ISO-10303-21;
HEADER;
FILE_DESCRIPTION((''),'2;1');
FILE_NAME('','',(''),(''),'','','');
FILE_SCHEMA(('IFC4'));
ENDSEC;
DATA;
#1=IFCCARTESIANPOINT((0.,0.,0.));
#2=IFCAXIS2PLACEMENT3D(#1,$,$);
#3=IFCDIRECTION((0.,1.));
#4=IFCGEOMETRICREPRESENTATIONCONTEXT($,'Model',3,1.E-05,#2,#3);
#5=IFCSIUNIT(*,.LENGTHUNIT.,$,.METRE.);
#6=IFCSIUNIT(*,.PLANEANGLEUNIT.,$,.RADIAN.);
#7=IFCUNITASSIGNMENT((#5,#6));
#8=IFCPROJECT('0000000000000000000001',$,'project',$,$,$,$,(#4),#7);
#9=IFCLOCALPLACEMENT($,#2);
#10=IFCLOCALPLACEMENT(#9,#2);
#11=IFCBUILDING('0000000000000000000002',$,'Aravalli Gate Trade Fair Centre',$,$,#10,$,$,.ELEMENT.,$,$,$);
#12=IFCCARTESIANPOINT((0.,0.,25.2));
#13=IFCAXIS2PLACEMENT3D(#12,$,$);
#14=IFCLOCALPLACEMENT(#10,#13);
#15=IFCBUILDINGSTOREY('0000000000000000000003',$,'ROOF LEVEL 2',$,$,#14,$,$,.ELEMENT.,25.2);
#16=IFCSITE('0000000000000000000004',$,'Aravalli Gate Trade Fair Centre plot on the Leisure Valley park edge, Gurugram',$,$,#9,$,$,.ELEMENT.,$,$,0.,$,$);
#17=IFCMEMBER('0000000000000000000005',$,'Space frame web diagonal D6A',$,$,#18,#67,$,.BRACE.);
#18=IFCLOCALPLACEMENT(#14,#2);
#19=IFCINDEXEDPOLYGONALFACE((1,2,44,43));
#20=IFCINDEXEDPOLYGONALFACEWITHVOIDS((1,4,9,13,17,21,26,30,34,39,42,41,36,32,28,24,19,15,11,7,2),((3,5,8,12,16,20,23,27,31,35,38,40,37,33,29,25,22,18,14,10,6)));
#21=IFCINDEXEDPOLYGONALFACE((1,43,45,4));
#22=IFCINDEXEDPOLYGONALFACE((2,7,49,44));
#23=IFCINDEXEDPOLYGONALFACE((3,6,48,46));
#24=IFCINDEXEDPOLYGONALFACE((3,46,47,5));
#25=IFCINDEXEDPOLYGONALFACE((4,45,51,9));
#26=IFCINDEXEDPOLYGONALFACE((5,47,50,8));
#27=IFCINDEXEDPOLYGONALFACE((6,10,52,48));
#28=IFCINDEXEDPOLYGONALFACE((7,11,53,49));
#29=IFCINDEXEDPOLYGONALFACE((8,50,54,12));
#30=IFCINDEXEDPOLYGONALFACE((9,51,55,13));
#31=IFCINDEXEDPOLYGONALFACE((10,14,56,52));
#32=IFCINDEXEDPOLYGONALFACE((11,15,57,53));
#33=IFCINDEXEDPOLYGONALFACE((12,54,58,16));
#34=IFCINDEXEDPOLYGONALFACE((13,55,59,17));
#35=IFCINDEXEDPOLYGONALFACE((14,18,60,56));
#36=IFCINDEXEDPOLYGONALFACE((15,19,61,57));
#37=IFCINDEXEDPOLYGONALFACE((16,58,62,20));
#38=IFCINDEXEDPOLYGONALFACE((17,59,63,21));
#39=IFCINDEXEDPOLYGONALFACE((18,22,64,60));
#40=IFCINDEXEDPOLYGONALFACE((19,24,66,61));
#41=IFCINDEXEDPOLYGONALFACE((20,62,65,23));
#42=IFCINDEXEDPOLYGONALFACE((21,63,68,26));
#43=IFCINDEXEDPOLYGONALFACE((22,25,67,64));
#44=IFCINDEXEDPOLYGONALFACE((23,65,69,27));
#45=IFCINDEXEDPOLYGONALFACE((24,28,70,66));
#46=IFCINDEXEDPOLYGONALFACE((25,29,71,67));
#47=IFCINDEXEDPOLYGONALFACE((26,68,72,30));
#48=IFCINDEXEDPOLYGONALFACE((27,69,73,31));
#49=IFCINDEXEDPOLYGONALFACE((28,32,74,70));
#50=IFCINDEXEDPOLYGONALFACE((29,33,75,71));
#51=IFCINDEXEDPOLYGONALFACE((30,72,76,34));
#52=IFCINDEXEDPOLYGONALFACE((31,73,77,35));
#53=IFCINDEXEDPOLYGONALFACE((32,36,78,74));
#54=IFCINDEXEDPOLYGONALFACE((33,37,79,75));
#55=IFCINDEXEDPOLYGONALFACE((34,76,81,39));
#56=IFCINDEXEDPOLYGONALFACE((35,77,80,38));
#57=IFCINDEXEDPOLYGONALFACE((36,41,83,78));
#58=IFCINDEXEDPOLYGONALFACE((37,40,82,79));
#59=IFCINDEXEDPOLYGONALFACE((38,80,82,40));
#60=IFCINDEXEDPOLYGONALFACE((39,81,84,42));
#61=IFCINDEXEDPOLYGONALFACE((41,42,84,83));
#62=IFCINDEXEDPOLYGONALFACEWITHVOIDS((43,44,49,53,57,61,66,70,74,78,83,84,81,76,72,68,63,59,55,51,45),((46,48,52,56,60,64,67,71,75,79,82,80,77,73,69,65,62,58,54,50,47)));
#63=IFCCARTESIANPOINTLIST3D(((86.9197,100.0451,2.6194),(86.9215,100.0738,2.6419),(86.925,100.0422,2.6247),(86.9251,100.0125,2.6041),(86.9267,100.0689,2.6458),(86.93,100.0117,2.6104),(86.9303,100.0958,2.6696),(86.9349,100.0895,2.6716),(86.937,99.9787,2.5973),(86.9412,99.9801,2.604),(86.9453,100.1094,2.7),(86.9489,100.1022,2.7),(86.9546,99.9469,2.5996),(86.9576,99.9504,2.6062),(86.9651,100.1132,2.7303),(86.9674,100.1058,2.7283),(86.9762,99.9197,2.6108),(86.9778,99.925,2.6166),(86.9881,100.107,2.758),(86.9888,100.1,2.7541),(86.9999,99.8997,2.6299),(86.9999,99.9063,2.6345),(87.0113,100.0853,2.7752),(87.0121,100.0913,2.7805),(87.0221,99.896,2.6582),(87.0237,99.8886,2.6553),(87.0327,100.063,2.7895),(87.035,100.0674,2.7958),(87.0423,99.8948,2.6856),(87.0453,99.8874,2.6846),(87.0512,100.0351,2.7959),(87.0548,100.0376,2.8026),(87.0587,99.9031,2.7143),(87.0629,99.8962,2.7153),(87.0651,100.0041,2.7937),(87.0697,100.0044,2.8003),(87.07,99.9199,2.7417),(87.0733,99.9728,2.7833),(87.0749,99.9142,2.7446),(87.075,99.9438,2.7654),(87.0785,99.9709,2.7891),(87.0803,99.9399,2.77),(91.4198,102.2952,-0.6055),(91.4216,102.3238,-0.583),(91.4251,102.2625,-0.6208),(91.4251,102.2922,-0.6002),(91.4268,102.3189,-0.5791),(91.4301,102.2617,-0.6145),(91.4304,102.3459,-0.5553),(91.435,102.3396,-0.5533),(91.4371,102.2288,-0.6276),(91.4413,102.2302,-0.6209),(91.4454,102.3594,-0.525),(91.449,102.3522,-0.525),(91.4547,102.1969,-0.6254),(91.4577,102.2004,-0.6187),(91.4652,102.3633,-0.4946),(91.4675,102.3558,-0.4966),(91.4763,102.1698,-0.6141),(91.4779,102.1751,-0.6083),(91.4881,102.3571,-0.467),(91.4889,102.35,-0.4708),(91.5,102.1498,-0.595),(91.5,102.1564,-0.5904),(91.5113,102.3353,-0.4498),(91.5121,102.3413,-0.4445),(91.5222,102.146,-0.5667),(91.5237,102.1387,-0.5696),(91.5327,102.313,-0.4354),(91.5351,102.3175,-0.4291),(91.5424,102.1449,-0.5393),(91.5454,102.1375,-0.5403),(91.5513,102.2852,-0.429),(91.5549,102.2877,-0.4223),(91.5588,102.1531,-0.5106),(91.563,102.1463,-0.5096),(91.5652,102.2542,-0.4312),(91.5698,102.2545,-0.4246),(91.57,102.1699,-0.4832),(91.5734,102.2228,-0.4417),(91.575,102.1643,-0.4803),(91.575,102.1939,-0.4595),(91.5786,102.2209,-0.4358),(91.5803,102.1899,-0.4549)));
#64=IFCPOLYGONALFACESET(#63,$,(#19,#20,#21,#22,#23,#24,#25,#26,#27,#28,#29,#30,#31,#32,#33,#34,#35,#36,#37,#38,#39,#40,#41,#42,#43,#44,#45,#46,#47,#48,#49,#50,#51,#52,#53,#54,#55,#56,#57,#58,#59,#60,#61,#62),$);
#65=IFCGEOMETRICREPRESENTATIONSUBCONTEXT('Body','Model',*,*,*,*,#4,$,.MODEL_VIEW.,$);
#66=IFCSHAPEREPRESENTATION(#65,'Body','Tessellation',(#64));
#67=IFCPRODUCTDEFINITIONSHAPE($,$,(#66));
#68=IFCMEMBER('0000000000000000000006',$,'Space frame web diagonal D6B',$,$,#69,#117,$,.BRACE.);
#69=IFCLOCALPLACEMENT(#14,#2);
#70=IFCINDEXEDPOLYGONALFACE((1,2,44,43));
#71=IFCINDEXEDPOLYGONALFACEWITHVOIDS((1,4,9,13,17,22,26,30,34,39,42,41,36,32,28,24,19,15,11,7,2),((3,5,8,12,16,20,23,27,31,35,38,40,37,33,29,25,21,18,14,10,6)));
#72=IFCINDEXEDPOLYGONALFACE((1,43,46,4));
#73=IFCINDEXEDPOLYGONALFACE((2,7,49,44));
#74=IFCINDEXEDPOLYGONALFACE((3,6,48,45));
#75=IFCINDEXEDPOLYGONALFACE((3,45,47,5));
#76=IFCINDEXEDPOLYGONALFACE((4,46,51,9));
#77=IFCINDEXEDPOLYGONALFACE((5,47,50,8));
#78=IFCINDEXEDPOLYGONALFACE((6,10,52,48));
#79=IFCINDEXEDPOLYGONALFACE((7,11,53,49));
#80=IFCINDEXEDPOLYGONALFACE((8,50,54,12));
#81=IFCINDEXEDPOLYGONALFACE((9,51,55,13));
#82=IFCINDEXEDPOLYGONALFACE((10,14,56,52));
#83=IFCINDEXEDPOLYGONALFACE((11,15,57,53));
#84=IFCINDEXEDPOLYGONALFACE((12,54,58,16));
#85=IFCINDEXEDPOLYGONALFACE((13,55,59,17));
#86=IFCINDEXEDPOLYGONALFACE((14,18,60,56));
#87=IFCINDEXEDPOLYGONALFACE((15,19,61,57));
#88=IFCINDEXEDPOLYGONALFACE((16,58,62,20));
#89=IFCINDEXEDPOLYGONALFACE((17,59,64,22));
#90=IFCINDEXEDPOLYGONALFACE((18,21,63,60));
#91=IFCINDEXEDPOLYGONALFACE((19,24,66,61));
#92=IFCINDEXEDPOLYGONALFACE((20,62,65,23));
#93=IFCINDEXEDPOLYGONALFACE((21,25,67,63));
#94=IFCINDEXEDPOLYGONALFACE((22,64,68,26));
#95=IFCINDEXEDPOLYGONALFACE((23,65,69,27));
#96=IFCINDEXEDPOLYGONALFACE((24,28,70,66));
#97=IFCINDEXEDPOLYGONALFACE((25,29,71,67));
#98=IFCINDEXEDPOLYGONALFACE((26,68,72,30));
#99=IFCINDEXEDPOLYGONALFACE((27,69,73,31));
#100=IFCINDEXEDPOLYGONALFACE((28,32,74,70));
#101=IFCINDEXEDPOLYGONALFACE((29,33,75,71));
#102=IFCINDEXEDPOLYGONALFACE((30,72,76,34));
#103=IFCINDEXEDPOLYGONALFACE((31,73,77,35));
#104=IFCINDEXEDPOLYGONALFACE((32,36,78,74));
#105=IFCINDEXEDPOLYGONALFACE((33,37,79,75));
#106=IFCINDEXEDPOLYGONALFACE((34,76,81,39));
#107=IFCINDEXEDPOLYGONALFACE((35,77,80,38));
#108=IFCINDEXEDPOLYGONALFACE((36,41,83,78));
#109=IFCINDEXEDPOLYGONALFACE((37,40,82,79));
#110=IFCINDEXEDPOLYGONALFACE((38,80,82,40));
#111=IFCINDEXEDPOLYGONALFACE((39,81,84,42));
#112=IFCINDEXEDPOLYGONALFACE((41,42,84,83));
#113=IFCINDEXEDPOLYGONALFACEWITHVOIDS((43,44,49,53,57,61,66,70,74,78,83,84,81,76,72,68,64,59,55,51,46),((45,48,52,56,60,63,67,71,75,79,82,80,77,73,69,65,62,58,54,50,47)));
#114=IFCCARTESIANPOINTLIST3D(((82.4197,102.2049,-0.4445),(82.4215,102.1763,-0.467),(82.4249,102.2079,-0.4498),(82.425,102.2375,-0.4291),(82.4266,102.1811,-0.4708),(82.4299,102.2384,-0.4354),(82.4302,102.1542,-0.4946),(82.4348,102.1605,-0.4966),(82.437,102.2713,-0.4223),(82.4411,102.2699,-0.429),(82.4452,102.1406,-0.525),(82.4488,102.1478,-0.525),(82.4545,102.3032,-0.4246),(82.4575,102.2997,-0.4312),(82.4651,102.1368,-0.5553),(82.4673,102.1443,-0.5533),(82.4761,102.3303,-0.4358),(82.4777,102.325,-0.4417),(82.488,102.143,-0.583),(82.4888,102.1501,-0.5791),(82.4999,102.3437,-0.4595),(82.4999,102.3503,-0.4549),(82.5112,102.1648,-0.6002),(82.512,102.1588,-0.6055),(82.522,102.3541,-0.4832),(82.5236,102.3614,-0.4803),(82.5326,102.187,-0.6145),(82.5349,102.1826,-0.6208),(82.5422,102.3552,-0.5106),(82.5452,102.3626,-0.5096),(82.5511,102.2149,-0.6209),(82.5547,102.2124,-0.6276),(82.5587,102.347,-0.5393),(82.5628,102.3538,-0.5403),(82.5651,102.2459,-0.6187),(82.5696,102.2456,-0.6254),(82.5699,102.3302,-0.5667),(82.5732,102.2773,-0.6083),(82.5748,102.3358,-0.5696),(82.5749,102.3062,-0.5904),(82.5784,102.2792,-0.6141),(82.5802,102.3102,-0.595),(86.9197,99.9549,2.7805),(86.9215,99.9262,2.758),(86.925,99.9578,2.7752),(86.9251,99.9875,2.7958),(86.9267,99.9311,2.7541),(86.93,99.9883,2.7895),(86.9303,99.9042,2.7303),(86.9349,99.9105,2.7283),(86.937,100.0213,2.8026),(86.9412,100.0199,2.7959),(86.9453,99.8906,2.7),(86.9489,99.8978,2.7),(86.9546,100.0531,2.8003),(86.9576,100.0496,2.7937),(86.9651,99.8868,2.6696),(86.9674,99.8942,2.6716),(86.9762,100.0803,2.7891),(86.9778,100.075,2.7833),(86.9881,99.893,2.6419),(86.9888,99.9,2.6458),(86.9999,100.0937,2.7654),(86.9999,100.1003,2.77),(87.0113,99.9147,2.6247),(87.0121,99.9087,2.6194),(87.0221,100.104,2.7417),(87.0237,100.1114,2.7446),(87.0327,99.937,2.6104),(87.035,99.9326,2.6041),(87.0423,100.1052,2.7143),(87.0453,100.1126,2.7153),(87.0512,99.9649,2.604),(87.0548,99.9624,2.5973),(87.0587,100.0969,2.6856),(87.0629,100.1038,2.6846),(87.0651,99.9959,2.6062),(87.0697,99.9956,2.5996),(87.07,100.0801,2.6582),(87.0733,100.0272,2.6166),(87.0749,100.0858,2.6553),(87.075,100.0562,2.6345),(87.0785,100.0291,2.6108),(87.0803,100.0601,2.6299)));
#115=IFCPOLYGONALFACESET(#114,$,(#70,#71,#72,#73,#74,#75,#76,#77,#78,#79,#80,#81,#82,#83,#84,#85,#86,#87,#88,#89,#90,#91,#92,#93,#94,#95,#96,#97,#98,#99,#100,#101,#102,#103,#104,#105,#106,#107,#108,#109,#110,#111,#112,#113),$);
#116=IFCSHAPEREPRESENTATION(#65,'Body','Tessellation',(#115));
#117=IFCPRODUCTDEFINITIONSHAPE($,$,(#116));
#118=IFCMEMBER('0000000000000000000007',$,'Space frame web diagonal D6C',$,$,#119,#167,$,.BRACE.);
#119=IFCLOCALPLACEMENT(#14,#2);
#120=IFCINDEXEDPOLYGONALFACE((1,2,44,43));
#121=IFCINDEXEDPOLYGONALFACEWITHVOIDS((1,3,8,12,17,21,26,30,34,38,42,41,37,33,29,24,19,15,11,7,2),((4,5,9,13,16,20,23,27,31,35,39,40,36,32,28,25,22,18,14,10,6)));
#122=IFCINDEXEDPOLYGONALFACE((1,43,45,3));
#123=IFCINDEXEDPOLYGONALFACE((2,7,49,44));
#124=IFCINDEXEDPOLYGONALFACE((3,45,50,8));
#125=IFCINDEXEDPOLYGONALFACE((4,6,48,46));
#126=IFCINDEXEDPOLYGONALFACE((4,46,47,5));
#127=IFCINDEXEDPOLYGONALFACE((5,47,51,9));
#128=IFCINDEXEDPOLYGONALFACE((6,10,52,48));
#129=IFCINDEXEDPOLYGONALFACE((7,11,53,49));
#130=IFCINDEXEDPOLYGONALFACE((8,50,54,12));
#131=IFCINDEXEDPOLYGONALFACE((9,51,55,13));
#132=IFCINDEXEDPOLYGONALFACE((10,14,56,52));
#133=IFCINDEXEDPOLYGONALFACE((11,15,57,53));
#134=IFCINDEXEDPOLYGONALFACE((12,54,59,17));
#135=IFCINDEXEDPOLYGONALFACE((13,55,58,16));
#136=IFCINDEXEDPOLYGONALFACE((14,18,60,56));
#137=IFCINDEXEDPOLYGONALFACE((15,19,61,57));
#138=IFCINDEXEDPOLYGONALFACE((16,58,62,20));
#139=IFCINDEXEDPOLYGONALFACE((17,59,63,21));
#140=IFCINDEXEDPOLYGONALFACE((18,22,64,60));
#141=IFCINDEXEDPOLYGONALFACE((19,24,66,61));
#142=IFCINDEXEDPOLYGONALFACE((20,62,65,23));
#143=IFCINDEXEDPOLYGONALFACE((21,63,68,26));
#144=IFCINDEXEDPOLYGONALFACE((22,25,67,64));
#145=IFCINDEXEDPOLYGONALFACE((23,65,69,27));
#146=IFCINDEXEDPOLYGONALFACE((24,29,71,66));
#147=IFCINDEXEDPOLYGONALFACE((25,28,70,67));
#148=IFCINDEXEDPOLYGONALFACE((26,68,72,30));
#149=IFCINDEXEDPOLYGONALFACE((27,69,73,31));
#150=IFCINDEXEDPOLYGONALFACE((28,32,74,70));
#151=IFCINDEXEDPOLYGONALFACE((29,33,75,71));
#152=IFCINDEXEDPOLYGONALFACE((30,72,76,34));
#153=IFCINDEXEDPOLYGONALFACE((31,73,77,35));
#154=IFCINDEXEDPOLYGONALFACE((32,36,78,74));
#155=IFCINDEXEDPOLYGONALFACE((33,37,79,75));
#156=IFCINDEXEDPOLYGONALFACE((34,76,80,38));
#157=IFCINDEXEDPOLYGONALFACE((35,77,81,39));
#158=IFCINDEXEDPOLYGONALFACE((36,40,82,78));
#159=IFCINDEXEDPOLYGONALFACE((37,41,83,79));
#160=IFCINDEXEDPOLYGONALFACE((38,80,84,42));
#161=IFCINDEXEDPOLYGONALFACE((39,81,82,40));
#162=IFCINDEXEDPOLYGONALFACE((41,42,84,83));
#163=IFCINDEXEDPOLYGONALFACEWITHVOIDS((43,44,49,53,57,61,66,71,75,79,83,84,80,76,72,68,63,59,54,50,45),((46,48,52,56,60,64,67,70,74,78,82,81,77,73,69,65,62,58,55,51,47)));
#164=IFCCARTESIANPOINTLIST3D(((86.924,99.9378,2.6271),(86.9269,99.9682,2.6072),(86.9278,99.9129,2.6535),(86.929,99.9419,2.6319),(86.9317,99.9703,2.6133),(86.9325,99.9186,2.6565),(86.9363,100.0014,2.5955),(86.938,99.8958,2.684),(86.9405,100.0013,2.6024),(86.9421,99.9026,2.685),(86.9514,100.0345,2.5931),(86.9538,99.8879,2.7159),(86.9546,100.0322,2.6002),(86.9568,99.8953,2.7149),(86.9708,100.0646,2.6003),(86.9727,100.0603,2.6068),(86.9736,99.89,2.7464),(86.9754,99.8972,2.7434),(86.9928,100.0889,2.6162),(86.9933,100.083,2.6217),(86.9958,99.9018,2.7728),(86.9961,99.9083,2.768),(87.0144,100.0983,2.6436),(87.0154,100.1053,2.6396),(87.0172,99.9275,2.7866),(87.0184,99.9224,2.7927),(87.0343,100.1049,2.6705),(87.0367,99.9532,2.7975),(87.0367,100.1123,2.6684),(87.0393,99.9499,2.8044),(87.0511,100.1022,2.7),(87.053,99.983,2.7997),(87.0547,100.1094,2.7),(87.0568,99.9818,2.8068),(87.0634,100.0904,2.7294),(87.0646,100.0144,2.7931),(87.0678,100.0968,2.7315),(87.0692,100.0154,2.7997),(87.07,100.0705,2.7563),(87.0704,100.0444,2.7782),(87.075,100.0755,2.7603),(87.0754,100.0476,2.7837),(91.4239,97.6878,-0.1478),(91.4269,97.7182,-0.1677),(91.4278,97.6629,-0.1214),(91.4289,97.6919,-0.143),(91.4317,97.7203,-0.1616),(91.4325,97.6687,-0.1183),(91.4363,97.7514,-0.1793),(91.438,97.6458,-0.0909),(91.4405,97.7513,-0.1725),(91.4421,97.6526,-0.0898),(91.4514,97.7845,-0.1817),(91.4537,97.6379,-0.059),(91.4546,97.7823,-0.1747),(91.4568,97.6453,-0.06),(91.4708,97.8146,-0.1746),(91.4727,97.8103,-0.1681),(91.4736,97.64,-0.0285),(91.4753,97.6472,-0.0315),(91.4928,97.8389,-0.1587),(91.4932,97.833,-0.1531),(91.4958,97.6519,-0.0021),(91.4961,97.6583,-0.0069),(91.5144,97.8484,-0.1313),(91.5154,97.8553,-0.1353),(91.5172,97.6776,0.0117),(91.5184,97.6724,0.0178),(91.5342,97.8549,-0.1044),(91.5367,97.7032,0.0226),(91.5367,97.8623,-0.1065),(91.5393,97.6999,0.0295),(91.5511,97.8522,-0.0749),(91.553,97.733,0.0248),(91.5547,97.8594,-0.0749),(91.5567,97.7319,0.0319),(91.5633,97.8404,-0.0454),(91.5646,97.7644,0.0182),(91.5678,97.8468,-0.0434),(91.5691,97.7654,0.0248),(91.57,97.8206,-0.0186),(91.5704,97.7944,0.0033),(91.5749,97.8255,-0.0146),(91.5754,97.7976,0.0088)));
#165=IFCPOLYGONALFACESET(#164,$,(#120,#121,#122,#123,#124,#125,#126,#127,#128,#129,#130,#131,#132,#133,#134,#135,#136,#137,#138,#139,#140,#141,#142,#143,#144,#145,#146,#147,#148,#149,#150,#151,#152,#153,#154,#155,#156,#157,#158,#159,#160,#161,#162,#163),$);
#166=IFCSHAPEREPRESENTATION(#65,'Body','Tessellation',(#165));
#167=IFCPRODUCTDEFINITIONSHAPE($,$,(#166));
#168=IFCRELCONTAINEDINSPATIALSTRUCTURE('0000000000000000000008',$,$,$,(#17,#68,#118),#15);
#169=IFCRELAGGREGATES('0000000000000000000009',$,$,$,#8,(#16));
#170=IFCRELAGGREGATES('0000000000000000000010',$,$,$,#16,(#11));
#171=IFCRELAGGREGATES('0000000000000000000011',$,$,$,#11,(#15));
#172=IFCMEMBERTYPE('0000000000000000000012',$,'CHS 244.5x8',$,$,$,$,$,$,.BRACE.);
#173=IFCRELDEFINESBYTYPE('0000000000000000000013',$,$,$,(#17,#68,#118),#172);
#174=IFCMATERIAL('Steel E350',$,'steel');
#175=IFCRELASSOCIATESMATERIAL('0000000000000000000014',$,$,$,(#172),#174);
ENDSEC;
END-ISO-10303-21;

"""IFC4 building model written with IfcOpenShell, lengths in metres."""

from ifc_helpers import new_model, si_unit, direction, frame, origin, origin_2d, place, context, subcontext, project, spatial, hollow_circle, extrude, material, material_profile, profile_set, type_object, element, save


model = new_model("IFC4")

# Units and contexts
model_context = context("Model", 3, precision=1e-05, world=origin(), true_north=direction((0.0, 1.0)))
body_context = subcontext(model_context, "Body", "Model", "MODEL_VIEW")
ifc_project = project(units=[si_unit("LENGTHUNIT", "METRE"), si_unit("PLANEANGLEUNIT", "RADIAN")], contexts=[model_context])

# Site, building, storey
site_placement = place(None, origin())
site = spatial("IfcSite", under=ifc_project, at=site_placement, Name="Aravalli Gate Trade Fair Centre plot on the Leisure Valley park edge, Gurugram", CompositionType="ELEMENT", RefElevation=0.0)
building_placement = place(site_placement, origin())
building = spatial("IfcBuilding", under=site, at=building_placement, Name="Aravalli Gate Trade Fair Centre", CompositionType="ELEMENT")
storey_placement = place(building_placement, frame((0.0, 0.0, 25.2)))
storey = spatial("IfcBuildingStorey", under=building, at=storey_placement, Name="ROOF LEVEL 2", CompositionType="ELEMENT", Elevation=25.2)

# Members
ifc_material = material(Name="Steel E350", Category="steel")
ifc_material_profile_1 = material_profile(ifc_material, hollow_circle(Radius=0.1223, WallThickness=0.0081, at=origin_2d()), Name="CHS 244.5x8")
ifc_profile_set_1 = profile_set([ifc_material_profile_1], Name="Steel E350")
member_type_1 = type_object("IfcMemberType", Name="CHS 244.5x8", PredefinedType="BRACE", material=ifc_profile_set_1)
for number, where, z_axis, x_axis, name in (
    (1, (87.0, 100.0, 2.7), (0.753016, 0.376508, -0.539637), (-0.447214, 0.894427, 0.0), "Space frame web diagonal D6A"),
    (2, (87.0, 100.0, 2.7), (-0.753016, 0.376508, -0.539637), (-0.447214, -0.894427, 0.0), "Space frame web diagonal D6B"),
):
    element("IfcMember", number, at=place(storey_placement, frame(where, z_axis=z_axis, x_axis=x_axis)), inside=storey, type_object=member_type_1, Name=name, PredefinedType="BRACE", context=body_context, shape_type="SweptSolid", body=[
        extrude(hollow_circle(Radius=0.1223, WallThickness=0.0081, at=origin_2d()), origin(), (0.0, 0.0, 1.0), 5.9761),
    ])
for number, where, z_axis, x_axis, name in (
    (3, (87.0, 100.0, 2.7), (0.7832, -0.3916, -0.482956), (0.447214, 0.894427, 0.0), "Space frame web diagonal D6C"),
):
    element("IfcMember", number, at=place(storey_placement, frame(where, z_axis=z_axis, x_axis=x_axis)), inside=storey, type_object=member_type_1, Name=name, PredefinedType="BRACE", context=body_context, shape_type="SweptSolid", body=[
        extrude(hollow_circle(Radius=0.1223, WallThickness=0.0081, at=origin_2d()), origin(), (0.0, 0.0, 1.0), 5.7456),
    ])

save(model, "model.ifc")
